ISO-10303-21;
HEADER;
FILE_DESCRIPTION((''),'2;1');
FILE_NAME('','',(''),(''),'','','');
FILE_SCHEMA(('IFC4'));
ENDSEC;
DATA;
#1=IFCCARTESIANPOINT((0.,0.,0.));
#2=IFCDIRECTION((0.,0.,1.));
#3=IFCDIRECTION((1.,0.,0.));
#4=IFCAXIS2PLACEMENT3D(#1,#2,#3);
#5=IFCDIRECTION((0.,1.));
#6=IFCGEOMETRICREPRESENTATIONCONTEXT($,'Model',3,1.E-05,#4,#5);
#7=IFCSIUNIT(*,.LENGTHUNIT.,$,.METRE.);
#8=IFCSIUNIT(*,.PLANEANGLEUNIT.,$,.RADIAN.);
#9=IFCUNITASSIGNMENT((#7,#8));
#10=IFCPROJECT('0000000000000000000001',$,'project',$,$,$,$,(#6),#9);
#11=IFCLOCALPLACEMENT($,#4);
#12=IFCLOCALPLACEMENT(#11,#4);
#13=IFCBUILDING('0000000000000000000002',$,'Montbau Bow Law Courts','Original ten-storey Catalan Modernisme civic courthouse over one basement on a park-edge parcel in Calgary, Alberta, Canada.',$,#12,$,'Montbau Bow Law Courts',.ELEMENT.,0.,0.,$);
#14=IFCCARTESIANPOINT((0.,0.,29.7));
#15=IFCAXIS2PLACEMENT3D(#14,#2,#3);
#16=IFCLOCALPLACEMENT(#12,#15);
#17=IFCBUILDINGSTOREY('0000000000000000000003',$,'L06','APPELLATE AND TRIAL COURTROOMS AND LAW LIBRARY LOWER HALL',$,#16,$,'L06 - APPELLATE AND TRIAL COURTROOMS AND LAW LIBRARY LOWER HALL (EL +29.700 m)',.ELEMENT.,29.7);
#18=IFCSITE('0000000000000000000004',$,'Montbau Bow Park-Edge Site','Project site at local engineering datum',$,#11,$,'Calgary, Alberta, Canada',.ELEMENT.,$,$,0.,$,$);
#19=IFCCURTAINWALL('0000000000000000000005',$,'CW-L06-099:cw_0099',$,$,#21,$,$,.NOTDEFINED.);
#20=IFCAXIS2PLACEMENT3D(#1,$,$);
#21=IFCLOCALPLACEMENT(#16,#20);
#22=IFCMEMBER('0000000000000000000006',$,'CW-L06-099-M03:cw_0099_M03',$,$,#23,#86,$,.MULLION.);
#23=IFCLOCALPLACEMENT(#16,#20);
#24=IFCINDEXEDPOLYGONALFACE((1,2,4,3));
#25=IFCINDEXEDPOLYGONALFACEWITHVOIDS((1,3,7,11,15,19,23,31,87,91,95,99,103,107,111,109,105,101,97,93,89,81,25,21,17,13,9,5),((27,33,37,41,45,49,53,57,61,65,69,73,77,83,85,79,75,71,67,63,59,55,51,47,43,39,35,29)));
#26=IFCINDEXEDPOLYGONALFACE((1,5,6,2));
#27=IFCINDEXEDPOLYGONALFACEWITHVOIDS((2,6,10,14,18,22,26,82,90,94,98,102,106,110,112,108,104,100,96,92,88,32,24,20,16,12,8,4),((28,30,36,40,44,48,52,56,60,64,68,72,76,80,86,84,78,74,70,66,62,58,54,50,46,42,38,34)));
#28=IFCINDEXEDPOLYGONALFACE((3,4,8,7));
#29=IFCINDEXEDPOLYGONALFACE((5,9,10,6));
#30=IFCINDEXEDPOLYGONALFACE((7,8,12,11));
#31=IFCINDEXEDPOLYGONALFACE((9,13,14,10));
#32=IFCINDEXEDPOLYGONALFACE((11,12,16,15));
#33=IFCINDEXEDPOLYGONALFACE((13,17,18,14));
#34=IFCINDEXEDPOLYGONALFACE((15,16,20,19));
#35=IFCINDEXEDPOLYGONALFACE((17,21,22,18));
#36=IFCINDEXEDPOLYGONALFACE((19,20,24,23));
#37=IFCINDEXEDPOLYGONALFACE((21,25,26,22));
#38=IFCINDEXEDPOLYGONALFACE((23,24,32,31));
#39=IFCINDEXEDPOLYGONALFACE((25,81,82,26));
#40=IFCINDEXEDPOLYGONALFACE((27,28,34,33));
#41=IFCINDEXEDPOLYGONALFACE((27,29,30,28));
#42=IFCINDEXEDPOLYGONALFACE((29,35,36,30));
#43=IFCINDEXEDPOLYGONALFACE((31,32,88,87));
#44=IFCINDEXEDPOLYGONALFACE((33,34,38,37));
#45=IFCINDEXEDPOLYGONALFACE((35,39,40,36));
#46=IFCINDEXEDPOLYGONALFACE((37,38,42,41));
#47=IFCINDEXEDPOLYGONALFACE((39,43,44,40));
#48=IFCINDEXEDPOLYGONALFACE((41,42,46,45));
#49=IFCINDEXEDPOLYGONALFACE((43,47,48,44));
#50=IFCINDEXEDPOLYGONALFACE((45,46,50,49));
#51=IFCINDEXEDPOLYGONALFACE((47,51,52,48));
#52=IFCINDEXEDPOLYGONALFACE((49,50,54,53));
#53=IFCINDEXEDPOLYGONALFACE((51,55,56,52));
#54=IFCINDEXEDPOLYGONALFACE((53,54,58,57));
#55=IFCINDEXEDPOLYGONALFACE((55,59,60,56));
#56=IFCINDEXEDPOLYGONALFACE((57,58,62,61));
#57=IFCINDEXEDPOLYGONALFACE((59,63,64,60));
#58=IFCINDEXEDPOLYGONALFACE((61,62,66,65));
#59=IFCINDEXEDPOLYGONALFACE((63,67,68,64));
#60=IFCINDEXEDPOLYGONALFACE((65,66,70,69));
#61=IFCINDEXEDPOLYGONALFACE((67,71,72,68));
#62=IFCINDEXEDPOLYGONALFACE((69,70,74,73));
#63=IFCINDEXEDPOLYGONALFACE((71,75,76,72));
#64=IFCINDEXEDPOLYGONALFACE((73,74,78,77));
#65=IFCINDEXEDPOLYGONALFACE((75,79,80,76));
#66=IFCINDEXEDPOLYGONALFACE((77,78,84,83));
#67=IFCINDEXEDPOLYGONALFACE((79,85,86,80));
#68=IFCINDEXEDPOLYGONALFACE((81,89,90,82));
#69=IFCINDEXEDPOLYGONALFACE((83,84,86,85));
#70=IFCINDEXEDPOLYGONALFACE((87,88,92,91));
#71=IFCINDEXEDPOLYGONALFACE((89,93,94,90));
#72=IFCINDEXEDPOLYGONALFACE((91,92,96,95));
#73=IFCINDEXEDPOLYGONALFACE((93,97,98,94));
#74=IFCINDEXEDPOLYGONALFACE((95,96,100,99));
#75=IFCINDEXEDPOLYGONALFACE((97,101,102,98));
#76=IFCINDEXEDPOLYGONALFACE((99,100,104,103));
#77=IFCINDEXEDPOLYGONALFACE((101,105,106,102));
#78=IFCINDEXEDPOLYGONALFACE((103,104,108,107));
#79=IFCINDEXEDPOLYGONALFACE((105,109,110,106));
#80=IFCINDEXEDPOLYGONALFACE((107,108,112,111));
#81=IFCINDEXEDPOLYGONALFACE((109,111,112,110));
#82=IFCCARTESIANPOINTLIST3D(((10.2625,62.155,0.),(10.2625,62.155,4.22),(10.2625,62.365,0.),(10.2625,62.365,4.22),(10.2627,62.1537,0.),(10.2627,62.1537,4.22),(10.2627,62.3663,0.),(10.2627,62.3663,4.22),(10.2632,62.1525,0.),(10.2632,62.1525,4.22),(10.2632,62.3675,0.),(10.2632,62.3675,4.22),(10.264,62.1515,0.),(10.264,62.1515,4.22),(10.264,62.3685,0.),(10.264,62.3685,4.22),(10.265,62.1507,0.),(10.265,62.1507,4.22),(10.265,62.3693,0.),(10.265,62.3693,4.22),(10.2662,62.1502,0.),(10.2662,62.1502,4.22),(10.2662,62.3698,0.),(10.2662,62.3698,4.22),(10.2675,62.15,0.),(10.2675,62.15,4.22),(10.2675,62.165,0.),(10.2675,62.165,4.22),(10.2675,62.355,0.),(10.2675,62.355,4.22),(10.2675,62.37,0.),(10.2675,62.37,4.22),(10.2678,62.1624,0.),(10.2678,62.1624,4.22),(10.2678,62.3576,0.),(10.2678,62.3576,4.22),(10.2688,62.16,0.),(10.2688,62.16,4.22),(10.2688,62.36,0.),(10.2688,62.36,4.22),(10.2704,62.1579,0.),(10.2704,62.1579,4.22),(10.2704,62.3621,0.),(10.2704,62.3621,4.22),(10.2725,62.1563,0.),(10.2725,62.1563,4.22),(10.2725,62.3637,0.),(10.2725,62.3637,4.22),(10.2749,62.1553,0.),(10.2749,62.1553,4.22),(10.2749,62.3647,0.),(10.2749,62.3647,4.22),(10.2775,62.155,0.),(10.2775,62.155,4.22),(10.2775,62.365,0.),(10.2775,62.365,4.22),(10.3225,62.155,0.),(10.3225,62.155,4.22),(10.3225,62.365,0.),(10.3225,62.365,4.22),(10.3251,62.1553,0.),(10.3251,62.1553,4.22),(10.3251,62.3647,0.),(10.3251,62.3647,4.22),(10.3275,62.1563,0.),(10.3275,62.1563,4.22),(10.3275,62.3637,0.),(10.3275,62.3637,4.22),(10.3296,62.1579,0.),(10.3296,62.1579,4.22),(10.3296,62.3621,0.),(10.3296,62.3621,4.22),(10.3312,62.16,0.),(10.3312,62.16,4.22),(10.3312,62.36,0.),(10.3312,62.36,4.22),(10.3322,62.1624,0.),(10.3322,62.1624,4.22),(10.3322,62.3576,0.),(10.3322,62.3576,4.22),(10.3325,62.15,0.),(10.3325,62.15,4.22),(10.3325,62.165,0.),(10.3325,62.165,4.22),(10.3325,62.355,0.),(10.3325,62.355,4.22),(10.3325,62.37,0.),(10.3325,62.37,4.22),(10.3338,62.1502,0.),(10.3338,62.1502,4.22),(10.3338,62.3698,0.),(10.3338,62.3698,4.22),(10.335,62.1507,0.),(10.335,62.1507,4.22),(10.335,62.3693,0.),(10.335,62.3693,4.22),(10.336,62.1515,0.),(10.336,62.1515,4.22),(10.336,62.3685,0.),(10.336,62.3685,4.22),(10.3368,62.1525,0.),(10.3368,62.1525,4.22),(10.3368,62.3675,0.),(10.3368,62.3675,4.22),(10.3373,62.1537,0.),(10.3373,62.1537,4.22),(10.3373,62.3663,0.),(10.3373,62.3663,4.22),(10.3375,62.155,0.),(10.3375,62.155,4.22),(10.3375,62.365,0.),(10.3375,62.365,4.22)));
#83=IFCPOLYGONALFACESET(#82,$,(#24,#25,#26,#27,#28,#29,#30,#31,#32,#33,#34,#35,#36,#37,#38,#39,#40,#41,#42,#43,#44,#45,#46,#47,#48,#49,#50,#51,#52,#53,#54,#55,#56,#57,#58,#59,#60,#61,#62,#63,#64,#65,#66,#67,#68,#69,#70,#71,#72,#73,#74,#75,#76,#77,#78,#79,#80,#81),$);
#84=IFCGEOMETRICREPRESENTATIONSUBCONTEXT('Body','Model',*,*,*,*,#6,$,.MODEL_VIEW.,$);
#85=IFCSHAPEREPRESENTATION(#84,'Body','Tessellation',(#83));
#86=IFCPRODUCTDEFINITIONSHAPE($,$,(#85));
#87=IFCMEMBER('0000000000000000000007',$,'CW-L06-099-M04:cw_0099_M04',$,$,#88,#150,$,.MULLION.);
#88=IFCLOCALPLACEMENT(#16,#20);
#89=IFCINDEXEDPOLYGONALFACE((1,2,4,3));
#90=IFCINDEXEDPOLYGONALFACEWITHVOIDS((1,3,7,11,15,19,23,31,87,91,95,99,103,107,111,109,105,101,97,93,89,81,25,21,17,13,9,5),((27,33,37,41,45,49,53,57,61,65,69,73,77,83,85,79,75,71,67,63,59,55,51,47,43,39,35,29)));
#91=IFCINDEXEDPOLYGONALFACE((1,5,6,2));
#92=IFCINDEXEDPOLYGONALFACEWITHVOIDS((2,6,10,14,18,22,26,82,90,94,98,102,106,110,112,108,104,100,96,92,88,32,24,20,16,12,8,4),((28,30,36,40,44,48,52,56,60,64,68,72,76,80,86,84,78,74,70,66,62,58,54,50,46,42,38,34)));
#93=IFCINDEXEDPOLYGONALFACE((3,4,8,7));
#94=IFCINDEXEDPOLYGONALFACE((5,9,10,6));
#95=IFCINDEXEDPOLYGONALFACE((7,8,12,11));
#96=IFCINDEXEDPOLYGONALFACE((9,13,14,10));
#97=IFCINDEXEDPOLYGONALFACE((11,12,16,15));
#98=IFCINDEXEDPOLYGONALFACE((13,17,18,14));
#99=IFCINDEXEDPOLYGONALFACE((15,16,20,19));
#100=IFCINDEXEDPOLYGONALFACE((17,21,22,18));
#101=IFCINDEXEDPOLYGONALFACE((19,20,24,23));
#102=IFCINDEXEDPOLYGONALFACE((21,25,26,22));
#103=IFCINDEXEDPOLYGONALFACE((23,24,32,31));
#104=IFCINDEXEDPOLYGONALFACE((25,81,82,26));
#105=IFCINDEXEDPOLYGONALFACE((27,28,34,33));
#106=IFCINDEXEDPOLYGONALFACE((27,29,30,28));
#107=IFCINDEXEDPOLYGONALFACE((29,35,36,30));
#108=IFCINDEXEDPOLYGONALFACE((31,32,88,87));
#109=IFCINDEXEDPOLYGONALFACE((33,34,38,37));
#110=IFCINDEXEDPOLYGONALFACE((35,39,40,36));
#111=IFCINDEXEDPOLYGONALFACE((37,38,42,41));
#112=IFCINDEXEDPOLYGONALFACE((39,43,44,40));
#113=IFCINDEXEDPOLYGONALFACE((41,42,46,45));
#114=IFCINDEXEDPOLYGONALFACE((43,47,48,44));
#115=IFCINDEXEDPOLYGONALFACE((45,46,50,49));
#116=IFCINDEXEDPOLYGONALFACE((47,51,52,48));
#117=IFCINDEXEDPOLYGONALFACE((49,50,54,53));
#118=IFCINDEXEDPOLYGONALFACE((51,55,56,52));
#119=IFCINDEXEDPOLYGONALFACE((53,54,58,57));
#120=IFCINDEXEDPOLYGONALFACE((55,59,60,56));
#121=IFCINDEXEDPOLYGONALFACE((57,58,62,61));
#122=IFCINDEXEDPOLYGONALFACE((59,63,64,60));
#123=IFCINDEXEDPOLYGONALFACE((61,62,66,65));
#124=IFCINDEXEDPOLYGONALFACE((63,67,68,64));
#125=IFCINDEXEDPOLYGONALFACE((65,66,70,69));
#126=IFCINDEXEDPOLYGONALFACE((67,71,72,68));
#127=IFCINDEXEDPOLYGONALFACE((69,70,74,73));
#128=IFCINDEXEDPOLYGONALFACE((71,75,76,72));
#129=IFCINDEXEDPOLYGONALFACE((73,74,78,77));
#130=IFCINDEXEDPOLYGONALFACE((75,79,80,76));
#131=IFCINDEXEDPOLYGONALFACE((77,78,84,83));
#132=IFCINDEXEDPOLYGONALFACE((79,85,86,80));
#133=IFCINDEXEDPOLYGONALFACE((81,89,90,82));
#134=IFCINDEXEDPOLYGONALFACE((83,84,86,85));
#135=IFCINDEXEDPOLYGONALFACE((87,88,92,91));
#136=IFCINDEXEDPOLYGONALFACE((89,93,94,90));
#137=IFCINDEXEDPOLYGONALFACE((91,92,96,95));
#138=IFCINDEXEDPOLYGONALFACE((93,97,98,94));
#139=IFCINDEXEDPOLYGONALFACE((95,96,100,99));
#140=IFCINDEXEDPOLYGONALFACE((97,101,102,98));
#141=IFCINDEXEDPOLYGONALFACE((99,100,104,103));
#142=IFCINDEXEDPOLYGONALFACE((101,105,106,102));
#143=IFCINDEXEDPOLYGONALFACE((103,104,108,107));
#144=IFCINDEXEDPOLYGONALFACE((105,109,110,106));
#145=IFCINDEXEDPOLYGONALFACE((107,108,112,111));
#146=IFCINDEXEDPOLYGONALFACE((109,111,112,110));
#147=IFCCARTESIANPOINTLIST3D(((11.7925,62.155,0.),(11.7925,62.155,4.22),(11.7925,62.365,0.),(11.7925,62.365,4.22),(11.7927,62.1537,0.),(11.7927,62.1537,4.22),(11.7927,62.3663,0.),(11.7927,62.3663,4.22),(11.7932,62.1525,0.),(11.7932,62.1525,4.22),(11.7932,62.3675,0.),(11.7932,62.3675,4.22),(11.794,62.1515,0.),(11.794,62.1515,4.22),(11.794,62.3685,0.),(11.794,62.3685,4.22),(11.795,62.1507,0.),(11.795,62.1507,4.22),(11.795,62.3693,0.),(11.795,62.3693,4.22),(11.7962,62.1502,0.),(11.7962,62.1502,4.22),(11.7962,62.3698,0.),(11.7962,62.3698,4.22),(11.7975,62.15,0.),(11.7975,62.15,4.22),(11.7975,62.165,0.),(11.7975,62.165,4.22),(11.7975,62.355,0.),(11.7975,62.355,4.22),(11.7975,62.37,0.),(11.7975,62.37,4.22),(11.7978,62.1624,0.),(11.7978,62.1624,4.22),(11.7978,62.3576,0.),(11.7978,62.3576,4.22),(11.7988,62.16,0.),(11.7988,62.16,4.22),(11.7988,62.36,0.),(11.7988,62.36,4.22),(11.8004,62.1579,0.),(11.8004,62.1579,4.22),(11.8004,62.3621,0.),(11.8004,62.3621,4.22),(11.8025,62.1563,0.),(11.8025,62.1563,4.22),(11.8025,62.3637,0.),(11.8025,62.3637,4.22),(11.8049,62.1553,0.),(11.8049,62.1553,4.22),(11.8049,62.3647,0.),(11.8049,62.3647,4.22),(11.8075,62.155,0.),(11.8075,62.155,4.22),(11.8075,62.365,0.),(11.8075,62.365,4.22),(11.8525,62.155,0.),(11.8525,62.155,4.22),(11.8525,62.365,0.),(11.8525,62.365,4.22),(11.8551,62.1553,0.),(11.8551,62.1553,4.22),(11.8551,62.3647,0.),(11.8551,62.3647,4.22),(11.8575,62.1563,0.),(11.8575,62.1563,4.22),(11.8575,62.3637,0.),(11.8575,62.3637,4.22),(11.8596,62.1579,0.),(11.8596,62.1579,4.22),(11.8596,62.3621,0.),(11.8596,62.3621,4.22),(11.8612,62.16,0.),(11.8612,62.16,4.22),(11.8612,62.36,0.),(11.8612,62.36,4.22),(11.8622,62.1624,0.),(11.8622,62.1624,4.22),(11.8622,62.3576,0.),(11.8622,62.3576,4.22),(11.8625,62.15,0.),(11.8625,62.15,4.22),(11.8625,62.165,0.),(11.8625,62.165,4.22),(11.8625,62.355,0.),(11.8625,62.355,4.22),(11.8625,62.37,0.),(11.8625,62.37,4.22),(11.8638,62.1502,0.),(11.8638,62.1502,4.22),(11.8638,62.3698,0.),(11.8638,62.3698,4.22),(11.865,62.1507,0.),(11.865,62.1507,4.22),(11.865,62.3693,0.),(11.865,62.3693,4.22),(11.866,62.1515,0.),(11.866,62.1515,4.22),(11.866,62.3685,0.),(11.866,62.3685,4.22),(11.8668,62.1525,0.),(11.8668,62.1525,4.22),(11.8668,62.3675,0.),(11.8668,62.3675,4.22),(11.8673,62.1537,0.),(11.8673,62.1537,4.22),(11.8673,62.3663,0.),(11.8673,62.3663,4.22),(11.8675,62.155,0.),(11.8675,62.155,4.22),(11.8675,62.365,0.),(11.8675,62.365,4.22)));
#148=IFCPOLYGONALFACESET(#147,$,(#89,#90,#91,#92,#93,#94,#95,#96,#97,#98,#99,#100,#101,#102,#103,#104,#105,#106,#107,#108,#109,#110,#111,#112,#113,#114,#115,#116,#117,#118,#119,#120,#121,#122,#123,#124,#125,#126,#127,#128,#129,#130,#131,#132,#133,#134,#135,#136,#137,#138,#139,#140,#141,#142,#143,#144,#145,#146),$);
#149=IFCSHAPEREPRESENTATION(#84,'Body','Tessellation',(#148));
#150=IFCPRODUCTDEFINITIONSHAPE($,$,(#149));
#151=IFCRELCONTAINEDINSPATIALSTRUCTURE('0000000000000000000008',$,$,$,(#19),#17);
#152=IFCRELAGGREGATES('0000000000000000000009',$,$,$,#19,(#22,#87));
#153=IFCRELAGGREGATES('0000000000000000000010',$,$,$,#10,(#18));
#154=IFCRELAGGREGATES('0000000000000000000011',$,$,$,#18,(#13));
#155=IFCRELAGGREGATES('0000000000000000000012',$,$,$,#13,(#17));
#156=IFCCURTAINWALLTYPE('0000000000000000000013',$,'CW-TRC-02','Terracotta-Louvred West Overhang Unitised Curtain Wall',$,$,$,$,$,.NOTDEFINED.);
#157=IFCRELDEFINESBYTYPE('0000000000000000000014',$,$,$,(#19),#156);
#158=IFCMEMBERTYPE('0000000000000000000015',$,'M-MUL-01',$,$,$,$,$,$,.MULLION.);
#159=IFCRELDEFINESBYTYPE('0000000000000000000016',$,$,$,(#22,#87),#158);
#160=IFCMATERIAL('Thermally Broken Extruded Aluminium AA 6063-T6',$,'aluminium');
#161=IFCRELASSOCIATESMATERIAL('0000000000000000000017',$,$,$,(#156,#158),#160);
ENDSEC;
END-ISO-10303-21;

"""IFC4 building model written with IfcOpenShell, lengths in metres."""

from ifc_helpers import new_model, si_unit, direction, frame, origin_with_axes, origin_2d_with_axis, place, context, subcontext, project, spatial, hollow_rectangle, extrude, material, material_profile, profile_set, type_object, element, aggregate, save


model = new_model("IFC4")

# Units and contexts
model_context = context("Model", 3, precision=1e-05, world=origin_with_axes(), true_north=direction((0.0, 1.0)))
body_context = subcontext(model_context, "Body", "Model", "MODEL_VIEW")
ifc_project = project(units=[si_unit("LENGTHUNIT", "METRE"), si_unit("PLANEANGLEUNIT", "RADIAN")], contexts=[model_context])

# Site, building, storey
site_placement = place(None, origin_with_axes())
site = spatial("IfcSite", under=ifc_project, at=site_placement, Name="Montbau Bow Park-Edge Site", Description="Project site at local engineering datum", LongName="Calgary, Alberta, Canada", CompositionType="ELEMENT", RefElevation=0.0)
building_placement = place(site_placement, origin_with_axes())
building = spatial("IfcBuilding", under=site, at=building_placement, Name="Montbau Bow Law Courts", Description="Original ten-storey Catalan Modernisme civic courthouse over one basement on a park-edge parcel in Calgary, Alberta, Canada.", LongName="Montbau Bow Law Courts", CompositionType="ELEMENT", ElevationOfRefHeight=0.0, ElevationOfTerrain=0.0)
storey_placement = place(building_placement, frame((0.0, 0.0, 29.7), z_axis=(0.0, 0.0, 1.0), x_axis=(1.0, 0.0, 0.0)))
storey = spatial("IfcBuildingStorey", under=building, at=storey_placement, Name="L06", Description="APPELLATE AND TRIAL COURTROOMS AND LAW LIBRARY LOWER HALL", LongName="L06 - APPELLATE AND TRIAL COURTROOMS AND LAW LIBRARY LOWER HALL (EL +29.700 m)", CompositionType="ELEMENT", Elevation=29.7)

# Curtain wall, members
ifc_material_1 = material(Name="Thermally Broken Extruded Aluminium AA 6063-T6", Category="aluminium")
curtain_wall_type = type_object("IfcCurtainWallType", Name="CW-TRC-02", Description="Terracotta-Louvred West Overhang Unitised Curtain Wall", PredefinedType="NOTDEFINED", material=ifc_material_1)
curtain_wall_placement = place(None, frame((7.24, 62.26, 29.7), z_axis=(0.0, 0.0, 1.0), x_axis=(1.0, 0.0, 0.0)))
curtain_wall = element("IfcCurtainWall", 1, at=curtain_wall_placement, inside=storey, type_object=curtain_wall_type, Name="CW-L06-099:cw_0099", PredefinedType="NOTDEFINED")
ifc_material_profile_1 = material_profile(ifc_material_1, hollow_rectangle(XDim=0.075, YDim=0.22, WallThickness=0.005, InnerFilletRadius=0.01, OuterFilletRadius=0.005, at=origin_2d_with_axis()), Name="CWM-220X75", Category="Main", Priority=0)
ifc_profile_set_1 = profile_set([ifc_material_profile_1], Name="Thermally Broken Extruded Aluminium AA 6063-T6")
member_type_1 = type_object("IfcMemberType", Name="M-MUL-01", PredefinedType="MULLION", material=ifc_profile_set_1)
member_1_placement = place(None, frame((10.3, 62.26, 29.7), z_axis=(0.0, 0.0, 1.0), x_axis=(1.0, 0.0, 0.0)))
member_1 = element("IfcMember", 2, at=member_1_placement, type_object=member_type_1, Name="CW-L06-099-M03:cw_0099_M03", PredefinedType="MULLION", context=body_context, shape_type="SweptSolid", body=[
    extrude(hollow_rectangle(XDim=0.075, YDim=0.22, WallThickness=0.005, InnerFilletRadius=0.01, OuterFilletRadius=0.005, at=origin_2d_with_axis()), origin_with_axes(), (0.0, 0.0, 1.0), 4.22),
])
member_2_placement = place(None, frame((11.83, 62.26, 29.7), z_axis=(0.0, 0.0, 1.0), x_axis=(1.0, 0.0, 0.0)))
member_2 = element("IfcMember", 3, at=member_2_placement, type_object=member_type_1, Name="CW-L06-099-M04:cw_0099_M04", PredefinedType="MULLION", context=body_context, shape_type="SweptSolid", body=[
    extrude(hollow_rectangle(XDim=0.075, YDim=0.22, WallThickness=0.005, InnerFilletRadius=0.01, OuterFilletRadius=0.005, at=origin_2d_with_axis()), origin_with_axes(), (0.0, 0.0, 1.0), 4.22),
])
aggregate(curtain_wall, [member_1, member_2])

save(model, "model.ifc")
